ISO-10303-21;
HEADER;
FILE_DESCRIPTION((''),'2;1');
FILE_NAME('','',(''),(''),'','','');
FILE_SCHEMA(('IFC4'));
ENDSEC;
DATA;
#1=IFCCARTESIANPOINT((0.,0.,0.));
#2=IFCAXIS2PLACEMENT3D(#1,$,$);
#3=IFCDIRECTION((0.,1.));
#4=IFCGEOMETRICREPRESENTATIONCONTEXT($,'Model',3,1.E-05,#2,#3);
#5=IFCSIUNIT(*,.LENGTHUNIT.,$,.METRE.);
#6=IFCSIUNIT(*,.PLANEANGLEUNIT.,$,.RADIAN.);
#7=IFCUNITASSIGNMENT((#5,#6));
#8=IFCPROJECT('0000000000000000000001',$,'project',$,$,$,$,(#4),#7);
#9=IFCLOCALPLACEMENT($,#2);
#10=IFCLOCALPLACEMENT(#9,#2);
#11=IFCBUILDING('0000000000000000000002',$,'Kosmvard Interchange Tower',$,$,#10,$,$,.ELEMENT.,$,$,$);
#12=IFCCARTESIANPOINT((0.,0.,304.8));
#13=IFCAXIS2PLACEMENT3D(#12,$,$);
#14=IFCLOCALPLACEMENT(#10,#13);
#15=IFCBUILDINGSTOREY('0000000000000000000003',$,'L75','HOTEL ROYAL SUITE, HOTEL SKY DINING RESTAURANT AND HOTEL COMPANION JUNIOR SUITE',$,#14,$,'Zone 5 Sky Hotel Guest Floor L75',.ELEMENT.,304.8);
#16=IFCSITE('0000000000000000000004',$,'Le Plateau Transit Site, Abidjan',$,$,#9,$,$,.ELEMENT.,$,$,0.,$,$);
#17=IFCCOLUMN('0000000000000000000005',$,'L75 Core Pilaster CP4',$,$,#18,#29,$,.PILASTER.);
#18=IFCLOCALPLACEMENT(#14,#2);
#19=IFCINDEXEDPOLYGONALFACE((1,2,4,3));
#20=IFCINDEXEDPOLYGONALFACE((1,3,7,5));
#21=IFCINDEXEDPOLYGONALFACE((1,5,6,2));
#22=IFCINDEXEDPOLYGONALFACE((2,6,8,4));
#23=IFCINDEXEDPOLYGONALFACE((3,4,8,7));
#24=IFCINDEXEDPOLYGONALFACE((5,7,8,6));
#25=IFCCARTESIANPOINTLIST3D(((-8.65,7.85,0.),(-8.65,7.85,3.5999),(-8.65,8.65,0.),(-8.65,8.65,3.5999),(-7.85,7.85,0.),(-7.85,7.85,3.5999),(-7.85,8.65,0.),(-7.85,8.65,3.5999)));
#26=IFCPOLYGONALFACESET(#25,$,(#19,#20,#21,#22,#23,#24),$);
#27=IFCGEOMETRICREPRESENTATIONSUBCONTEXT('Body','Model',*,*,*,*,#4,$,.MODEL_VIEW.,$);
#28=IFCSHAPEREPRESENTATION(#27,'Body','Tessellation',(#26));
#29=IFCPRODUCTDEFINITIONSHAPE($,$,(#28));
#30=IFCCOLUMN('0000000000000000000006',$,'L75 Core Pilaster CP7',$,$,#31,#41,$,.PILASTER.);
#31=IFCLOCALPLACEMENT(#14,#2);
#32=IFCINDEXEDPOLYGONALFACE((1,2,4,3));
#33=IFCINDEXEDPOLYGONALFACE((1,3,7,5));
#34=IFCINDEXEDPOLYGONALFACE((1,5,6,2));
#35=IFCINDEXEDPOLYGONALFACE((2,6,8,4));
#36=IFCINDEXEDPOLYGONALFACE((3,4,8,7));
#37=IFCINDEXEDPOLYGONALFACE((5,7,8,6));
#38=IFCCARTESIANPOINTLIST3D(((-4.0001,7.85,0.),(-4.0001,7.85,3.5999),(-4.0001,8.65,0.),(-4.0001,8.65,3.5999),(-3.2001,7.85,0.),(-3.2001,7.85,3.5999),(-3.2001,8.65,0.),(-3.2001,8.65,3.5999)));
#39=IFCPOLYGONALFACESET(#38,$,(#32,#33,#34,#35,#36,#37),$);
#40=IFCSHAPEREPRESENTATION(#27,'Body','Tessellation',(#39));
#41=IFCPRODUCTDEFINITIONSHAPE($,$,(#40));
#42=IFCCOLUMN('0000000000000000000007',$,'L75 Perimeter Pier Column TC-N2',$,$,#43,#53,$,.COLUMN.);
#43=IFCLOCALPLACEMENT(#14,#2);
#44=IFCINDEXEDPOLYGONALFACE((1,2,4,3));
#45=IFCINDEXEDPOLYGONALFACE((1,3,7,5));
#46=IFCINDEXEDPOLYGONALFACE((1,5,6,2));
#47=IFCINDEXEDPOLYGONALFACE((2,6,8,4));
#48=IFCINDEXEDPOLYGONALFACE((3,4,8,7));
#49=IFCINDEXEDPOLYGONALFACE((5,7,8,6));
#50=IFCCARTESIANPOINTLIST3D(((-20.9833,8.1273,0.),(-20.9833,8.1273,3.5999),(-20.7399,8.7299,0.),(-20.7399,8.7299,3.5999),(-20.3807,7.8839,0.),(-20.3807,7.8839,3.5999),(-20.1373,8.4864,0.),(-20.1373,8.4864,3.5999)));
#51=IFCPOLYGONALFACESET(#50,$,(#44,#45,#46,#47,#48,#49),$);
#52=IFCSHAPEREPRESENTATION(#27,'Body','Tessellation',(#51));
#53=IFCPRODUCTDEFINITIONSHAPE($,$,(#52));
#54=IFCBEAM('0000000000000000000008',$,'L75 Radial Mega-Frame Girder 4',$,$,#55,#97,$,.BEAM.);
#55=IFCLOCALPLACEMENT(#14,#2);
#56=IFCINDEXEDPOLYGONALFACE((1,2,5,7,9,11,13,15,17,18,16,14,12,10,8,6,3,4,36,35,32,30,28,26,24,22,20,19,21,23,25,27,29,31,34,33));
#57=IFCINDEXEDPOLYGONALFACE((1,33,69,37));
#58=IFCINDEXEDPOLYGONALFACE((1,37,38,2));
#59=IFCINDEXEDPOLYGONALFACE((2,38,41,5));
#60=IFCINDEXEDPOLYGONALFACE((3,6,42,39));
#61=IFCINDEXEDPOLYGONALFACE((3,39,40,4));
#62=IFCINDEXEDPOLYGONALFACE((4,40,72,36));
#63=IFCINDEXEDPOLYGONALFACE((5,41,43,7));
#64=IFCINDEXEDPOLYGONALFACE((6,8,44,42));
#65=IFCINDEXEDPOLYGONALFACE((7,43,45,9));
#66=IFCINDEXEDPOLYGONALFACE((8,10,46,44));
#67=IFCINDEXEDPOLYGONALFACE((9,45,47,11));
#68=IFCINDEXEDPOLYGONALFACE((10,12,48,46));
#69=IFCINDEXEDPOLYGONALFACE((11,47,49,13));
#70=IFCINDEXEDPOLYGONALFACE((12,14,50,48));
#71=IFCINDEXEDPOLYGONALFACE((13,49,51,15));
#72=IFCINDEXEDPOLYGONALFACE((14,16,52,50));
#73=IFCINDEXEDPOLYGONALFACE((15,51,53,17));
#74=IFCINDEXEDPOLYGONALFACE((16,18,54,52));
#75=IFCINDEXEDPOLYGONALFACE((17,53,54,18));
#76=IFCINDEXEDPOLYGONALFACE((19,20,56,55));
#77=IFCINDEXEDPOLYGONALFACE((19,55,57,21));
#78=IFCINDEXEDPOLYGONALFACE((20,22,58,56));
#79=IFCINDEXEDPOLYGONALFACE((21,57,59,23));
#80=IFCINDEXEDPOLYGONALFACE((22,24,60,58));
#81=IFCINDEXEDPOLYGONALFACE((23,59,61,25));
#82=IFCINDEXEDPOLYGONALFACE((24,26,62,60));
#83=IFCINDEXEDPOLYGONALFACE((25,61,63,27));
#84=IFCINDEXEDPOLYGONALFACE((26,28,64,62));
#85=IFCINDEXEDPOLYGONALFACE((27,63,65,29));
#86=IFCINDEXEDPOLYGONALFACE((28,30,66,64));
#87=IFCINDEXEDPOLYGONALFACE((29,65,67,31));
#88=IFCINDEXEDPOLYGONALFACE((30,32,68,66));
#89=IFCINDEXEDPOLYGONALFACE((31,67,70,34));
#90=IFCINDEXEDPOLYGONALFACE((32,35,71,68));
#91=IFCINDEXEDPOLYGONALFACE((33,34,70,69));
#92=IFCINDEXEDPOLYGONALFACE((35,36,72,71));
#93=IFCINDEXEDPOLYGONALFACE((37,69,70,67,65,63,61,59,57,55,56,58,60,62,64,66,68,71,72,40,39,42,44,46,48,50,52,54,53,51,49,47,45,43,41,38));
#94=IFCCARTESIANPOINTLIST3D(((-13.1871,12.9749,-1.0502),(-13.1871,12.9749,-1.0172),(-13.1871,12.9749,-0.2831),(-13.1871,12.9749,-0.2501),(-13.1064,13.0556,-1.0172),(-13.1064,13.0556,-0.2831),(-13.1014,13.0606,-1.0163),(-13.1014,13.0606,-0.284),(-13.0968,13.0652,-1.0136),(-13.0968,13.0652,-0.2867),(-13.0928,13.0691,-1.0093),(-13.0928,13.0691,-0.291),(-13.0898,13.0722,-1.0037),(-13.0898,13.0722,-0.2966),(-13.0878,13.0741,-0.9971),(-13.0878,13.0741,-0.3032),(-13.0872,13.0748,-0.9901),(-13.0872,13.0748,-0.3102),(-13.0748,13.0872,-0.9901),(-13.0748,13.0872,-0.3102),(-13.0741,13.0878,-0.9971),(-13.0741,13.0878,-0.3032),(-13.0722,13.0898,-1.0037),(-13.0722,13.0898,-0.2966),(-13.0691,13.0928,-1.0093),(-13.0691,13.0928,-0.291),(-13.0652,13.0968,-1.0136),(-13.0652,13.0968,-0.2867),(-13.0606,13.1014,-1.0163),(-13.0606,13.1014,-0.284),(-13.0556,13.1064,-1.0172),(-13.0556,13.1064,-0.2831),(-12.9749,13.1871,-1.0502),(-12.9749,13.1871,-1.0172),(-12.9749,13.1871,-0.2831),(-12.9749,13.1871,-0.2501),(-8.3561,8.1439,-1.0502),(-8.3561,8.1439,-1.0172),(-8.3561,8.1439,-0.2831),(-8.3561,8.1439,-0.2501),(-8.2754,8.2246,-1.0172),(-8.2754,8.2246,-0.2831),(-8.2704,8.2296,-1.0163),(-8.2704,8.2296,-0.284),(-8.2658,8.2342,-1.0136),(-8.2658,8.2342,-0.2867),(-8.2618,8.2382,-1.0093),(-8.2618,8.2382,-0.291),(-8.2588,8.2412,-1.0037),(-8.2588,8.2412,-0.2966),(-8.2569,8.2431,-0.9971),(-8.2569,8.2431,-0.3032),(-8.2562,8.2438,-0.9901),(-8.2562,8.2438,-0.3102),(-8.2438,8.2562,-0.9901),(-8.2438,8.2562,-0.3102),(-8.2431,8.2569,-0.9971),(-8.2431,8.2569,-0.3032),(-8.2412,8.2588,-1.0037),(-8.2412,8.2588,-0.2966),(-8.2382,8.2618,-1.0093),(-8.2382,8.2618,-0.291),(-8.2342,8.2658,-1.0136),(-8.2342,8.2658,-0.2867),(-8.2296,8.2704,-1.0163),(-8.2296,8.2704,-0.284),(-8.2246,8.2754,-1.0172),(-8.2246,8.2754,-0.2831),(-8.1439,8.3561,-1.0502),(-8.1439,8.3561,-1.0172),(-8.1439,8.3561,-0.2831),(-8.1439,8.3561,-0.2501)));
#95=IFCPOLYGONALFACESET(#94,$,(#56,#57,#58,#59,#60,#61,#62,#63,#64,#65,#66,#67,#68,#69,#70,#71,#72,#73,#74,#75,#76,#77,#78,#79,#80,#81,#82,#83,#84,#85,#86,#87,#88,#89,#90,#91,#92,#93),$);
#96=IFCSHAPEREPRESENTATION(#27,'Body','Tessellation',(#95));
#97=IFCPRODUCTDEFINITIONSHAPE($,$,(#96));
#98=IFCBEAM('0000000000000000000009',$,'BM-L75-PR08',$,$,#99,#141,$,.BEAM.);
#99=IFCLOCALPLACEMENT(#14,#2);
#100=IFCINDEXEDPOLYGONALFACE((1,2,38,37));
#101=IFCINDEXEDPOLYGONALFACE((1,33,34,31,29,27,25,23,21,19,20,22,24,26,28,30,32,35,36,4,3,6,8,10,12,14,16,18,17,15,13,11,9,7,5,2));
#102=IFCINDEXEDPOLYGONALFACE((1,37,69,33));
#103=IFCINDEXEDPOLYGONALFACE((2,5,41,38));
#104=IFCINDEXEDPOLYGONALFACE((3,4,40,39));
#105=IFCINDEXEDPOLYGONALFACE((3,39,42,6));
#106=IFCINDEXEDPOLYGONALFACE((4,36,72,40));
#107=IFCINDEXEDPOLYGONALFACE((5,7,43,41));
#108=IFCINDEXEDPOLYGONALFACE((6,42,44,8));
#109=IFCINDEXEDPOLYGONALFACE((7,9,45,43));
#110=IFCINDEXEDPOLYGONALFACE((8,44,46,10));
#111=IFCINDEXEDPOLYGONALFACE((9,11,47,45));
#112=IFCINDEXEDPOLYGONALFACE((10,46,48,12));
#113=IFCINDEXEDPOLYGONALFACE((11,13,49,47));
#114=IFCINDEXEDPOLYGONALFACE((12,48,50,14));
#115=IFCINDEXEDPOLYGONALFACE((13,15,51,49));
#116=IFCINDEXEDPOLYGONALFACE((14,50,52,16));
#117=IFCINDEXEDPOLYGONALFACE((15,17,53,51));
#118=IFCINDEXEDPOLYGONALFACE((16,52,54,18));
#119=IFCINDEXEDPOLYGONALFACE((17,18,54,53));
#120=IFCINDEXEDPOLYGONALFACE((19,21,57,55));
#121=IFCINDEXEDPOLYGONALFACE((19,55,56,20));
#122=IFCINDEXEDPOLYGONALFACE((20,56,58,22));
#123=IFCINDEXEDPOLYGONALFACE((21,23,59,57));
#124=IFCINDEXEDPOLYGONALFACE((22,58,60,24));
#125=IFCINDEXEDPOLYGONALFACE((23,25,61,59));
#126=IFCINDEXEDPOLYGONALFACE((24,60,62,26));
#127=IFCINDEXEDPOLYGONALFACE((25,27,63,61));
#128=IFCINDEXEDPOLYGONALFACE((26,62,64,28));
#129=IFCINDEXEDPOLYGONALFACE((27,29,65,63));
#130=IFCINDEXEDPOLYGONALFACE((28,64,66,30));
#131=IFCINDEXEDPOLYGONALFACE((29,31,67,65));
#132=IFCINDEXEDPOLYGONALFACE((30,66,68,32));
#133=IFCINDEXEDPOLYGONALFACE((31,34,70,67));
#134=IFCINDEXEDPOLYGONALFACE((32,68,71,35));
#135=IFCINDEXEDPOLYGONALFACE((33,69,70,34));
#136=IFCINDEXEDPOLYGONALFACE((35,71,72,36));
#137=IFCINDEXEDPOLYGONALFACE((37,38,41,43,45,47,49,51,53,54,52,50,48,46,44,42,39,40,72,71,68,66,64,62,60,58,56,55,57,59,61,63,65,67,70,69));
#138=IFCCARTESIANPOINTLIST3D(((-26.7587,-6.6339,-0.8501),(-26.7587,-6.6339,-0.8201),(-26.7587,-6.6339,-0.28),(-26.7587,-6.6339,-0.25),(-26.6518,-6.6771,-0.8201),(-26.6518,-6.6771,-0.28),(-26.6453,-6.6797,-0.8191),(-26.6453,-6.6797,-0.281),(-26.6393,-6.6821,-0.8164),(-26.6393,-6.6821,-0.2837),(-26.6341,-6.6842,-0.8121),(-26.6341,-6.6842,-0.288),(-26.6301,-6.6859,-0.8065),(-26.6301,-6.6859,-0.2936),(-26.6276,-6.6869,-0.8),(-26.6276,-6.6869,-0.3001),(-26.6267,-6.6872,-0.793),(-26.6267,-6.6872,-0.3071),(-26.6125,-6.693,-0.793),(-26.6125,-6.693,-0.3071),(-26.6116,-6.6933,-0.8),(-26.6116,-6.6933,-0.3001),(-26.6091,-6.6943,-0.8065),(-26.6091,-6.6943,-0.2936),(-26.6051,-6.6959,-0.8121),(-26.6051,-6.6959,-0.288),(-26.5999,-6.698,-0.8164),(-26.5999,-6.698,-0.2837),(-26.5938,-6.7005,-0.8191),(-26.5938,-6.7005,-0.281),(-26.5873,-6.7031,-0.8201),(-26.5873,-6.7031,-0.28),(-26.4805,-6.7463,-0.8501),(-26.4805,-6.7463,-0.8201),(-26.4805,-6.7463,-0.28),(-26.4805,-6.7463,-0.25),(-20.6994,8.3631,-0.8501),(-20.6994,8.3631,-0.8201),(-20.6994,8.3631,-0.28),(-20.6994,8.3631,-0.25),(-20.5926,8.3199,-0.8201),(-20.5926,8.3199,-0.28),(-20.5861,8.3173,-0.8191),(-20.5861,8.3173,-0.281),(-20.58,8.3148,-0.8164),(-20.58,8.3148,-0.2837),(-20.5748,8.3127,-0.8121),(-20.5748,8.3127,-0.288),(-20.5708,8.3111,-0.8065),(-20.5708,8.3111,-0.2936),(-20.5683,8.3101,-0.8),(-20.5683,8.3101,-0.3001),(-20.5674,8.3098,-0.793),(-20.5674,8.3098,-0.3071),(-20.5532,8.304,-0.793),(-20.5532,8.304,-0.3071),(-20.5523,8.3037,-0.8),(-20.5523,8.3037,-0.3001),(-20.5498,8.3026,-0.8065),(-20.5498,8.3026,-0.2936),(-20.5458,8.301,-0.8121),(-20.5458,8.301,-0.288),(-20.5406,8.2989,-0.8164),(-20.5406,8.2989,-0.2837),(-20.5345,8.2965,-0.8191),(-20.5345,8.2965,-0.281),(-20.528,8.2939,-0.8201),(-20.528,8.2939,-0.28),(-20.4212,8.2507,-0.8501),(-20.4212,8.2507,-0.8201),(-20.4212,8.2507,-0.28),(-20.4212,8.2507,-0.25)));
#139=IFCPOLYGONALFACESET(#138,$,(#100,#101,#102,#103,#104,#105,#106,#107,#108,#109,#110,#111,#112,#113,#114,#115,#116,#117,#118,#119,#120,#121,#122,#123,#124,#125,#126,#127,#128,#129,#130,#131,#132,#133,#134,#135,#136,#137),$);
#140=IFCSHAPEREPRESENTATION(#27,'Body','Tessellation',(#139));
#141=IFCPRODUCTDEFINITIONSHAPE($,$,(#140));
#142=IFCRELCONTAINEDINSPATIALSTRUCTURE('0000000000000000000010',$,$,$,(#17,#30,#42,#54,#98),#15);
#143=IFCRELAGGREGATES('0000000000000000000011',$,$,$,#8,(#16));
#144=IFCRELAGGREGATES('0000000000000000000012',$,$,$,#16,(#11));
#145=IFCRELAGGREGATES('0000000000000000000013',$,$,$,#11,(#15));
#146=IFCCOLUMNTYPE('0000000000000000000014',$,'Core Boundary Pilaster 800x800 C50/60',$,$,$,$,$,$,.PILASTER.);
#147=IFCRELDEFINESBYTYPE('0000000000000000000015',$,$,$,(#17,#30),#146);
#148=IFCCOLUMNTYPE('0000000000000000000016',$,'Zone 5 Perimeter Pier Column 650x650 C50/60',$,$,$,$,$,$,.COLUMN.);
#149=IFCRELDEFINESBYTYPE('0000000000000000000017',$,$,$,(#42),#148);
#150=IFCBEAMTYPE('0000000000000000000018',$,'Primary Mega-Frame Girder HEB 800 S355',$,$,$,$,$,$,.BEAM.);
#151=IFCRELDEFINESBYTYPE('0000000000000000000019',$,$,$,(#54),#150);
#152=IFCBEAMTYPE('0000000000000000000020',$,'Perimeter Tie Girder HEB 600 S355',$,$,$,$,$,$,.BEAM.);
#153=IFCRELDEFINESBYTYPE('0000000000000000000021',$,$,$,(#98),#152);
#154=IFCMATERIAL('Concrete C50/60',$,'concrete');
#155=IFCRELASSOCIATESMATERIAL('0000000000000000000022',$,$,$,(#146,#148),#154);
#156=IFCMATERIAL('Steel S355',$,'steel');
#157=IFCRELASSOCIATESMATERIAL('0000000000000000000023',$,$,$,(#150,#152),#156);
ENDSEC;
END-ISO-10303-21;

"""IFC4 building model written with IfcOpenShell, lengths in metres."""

from ifc_helpers import new_model, si_unit, direction, frame, origin, origin_2d, place, context, subcontext, project, spatial, rectangle, i_section, extrude, source, transform, mapped, material, material_profile, profile_set, type_object, element, save


model = new_model("IFC4")

# Units and contexts
model_context = context("Model", 3, precision=1e-05, world=origin(), true_north=direction((0.0, 1.0)))
body_context = subcontext(model_context, "Body", "Model", "MODEL_VIEW")
ifc_project = project(units=[si_unit("LENGTHUNIT", "METRE"), si_unit("PLANEANGLEUNIT", "RADIAN")], contexts=[model_context])

# Site, building, storey
site_placement = place(None, origin())
site = spatial("IfcSite", under=ifc_project, at=site_placement, Name="Le Plateau Transit Site, Abidjan", CompositionType="ELEMENT", RefElevation=0.0)
building_placement = place(site_placement, origin())
building = spatial("IfcBuilding", under=site, at=building_placement, Name="Kosmvard Interchange Tower", CompositionType="ELEMENT")
storey_placement = place(building_placement, frame((0.0, 0.0, 304.8)))
storey = spatial("IfcBuildingStorey", under=building, at=storey_placement, Name="L75", Description="HOTEL ROYAL SUITE, HOTEL SKY DINING RESTAURANT AND HOTEL COMPANION JUNIOR SUITE", LongName="Zone 5 Sky Hotel Guest Floor L75", CompositionType="ELEMENT", Elevation=304.8)

# Columns
ifc_material_1 = material(Name="Concrete C50/60", Category="concrete")
ifc_material_profile_1 = material_profile(ifc_material_1, rectangle(XDim=0.8, YDim=0.8, at=origin_2d()), Name="CP 800x800")
ifc_profile_set_1 = profile_set([ifc_material_profile_1], Name="Concrete C50/60")
column_type_1 = type_object("IfcColumnType", Name="Core Boundary Pilaster 800x800 C50/60", PredefinedType="PILASTER", material=ifc_profile_set_1)
shared_shape_1 = source(origin(), body_context, "Body", "SweptSolid", [
    extrude(rectangle(XDim=0.8, YDim=0.8, at=origin_2d()), origin(), (0.0, 0.0, 1.0), 3.5999),
])
for number, where, z_axis, x_axis, name in (
    (1, (-8.25, 8.25, 0.0), (0.0, 0.0, 1.0), (1.0, 0.0, 0.0), "L75 Core Pilaster CP4"),
    (2, (-3.6001, 8.25, 0.0), (0.0, 0.0, 1.0), (1.0, 0.0, 0.0), "L75 Core Pilaster CP7"),
):
    element("IfcColumn", number, at=place(storey_placement, frame(where, z_axis=z_axis, x_axis=x_axis)), inside=storey, type_object=column_type_1, Name=name, PredefinedType="PILASTER", context=body_context, shape_type="MappedRepresentation", body=[
        mapped(shared_shape_1, transform((0.0, 0.0, 0.0), scale=1.0)),
    ])
ifc_material_profile_2 = material_profile(ifc_material_1, rectangle(XDim=0.6499, YDim=0.6499, at=origin_2d()), Name="TC 650x650")
ifc_profile_set_2 = profile_set([ifc_material_profile_2], Name="Concrete C50/60")
column_type_2 = type_object("IfcColumnType", Name="Zone 5 Perimeter Pier Column 650x650 C50/60", PredefinedType="COLUMN", material=ifc_profile_set_2)
shared_shape_2 = source(origin(), body_context, "Body", "SweptSolid", [
    extrude(rectangle(XDim=0.6499, YDim=0.6499, at=origin_2d()), origin(), (0.0, 0.0, 1.0), 3.5999),
])
column_placement = place(storey_placement, frame((-20.5603, 8.3069, 0.0), z_axis=(0.0, 0.0, 1.0), x_axis=(0.374607, 0.927184, 0.0)))
element("IfcColumn", 3, at=column_placement, inside=storey, type_object=column_type_2, Name="L75 Perimeter Pier Column TC-N2", PredefinedType="COLUMN", context=body_context, shape_type="MappedRepresentation", body=[
    mapped(shared_shape_2, transform((0.0, 0.0, 0.0), scale=1.0)),
])

# Beams
ifc_material_2 = material(Name="Steel S355", Category="steel")
ifc_material_profile_3 = material_profile(ifc_material_2, i_section(OverallWidth=0.3, OverallDepth=0.8, WebThickness=0.0176, FlangeThickness=0.033, FilletRadius=0.0271, at=origin_2d()), Name="HEB 800")
ifc_profile_set_3 = profile_set([ifc_material_profile_3], Name="Steel S355")
beam_type_1 = type_object("IfcBeamType", Name="Primary Mega-Frame Girder HEB 800 S355", PredefinedType="BEAM", material=ifc_profile_set_3)
shared_shape_3 = source(origin(), body_context, "Body", "SweptSolid", [
    extrude(i_section(OverallWidth=0.3, OverallDepth=0.8, WebThickness=0.0176, FlangeThickness=0.033, FilletRadius=0.0271, at=origin_2d()), origin(), (0.0, 0.0, 1.0), 6.832),
])
beam_1_placement = place(storey_placement, frame((-8.25, 8.25, -0.6501), z_axis=(-0.707107, 0.707107, 0.0), x_axis=(-0.707107, -0.707107, 0.0)))
element("IfcBeam", 4, at=beam_1_placement, inside=storey, type_object=beam_type_1, Name="L75 Radial Mega-Frame Girder 4", PredefinedType="BEAM", context=body_context, shape_type="MappedRepresentation", body=[
    mapped(shared_shape_3, transform((0.0, 0.0, 0.0), scale=1.0)),
])
ifc_material_profile_4 = material_profile(ifc_material_2, i_section(OverallWidth=0.3, OverallDepth=0.6001, WebThickness=0.0154, FlangeThickness=0.03, FilletRadius=0.0271, at=origin_2d()), Name="HEB 600")
ifc_profile_set_4 = profile_set([ifc_material_profile_4], Name="Steel S355")
beam_type_2 = type_object("IfcBeamType", Name="Perimeter Tie Girder HEB 600 S355", PredefinedType="BEAM", material=ifc_profile_set_4)
shared_shape_4 = source(origin(), body_context, "Body", "SweptSolid", [
    extrude(i_section(OverallWidth=0.3, OverallDepth=0.6001, WebThickness=0.0154, FlangeThickness=0.03, FilletRadius=0.0271, at=origin_2d()), origin(), (0.0, 0.0, 1.0), 16.1748),
])
beam_2_placement = place(storey_placement, frame((-20.5603, 8.3069, -0.55), z_axis=(-0.374613, -0.927181, 0.0), x_axis=(0.927181, -0.374613, 0.0)))
element("IfcBeam", 5, at=beam_2_placement, inside=storey, type_object=beam_type_2, Name="BM-L75-PR08", PredefinedType="BEAM", context=body_context, shape_type="MappedRepresentation", body=[
    mapped(shared_shape_4, transform((0.0, 0.0, 0.0), scale=1.0)),
])

save(model, "model.ifc")
